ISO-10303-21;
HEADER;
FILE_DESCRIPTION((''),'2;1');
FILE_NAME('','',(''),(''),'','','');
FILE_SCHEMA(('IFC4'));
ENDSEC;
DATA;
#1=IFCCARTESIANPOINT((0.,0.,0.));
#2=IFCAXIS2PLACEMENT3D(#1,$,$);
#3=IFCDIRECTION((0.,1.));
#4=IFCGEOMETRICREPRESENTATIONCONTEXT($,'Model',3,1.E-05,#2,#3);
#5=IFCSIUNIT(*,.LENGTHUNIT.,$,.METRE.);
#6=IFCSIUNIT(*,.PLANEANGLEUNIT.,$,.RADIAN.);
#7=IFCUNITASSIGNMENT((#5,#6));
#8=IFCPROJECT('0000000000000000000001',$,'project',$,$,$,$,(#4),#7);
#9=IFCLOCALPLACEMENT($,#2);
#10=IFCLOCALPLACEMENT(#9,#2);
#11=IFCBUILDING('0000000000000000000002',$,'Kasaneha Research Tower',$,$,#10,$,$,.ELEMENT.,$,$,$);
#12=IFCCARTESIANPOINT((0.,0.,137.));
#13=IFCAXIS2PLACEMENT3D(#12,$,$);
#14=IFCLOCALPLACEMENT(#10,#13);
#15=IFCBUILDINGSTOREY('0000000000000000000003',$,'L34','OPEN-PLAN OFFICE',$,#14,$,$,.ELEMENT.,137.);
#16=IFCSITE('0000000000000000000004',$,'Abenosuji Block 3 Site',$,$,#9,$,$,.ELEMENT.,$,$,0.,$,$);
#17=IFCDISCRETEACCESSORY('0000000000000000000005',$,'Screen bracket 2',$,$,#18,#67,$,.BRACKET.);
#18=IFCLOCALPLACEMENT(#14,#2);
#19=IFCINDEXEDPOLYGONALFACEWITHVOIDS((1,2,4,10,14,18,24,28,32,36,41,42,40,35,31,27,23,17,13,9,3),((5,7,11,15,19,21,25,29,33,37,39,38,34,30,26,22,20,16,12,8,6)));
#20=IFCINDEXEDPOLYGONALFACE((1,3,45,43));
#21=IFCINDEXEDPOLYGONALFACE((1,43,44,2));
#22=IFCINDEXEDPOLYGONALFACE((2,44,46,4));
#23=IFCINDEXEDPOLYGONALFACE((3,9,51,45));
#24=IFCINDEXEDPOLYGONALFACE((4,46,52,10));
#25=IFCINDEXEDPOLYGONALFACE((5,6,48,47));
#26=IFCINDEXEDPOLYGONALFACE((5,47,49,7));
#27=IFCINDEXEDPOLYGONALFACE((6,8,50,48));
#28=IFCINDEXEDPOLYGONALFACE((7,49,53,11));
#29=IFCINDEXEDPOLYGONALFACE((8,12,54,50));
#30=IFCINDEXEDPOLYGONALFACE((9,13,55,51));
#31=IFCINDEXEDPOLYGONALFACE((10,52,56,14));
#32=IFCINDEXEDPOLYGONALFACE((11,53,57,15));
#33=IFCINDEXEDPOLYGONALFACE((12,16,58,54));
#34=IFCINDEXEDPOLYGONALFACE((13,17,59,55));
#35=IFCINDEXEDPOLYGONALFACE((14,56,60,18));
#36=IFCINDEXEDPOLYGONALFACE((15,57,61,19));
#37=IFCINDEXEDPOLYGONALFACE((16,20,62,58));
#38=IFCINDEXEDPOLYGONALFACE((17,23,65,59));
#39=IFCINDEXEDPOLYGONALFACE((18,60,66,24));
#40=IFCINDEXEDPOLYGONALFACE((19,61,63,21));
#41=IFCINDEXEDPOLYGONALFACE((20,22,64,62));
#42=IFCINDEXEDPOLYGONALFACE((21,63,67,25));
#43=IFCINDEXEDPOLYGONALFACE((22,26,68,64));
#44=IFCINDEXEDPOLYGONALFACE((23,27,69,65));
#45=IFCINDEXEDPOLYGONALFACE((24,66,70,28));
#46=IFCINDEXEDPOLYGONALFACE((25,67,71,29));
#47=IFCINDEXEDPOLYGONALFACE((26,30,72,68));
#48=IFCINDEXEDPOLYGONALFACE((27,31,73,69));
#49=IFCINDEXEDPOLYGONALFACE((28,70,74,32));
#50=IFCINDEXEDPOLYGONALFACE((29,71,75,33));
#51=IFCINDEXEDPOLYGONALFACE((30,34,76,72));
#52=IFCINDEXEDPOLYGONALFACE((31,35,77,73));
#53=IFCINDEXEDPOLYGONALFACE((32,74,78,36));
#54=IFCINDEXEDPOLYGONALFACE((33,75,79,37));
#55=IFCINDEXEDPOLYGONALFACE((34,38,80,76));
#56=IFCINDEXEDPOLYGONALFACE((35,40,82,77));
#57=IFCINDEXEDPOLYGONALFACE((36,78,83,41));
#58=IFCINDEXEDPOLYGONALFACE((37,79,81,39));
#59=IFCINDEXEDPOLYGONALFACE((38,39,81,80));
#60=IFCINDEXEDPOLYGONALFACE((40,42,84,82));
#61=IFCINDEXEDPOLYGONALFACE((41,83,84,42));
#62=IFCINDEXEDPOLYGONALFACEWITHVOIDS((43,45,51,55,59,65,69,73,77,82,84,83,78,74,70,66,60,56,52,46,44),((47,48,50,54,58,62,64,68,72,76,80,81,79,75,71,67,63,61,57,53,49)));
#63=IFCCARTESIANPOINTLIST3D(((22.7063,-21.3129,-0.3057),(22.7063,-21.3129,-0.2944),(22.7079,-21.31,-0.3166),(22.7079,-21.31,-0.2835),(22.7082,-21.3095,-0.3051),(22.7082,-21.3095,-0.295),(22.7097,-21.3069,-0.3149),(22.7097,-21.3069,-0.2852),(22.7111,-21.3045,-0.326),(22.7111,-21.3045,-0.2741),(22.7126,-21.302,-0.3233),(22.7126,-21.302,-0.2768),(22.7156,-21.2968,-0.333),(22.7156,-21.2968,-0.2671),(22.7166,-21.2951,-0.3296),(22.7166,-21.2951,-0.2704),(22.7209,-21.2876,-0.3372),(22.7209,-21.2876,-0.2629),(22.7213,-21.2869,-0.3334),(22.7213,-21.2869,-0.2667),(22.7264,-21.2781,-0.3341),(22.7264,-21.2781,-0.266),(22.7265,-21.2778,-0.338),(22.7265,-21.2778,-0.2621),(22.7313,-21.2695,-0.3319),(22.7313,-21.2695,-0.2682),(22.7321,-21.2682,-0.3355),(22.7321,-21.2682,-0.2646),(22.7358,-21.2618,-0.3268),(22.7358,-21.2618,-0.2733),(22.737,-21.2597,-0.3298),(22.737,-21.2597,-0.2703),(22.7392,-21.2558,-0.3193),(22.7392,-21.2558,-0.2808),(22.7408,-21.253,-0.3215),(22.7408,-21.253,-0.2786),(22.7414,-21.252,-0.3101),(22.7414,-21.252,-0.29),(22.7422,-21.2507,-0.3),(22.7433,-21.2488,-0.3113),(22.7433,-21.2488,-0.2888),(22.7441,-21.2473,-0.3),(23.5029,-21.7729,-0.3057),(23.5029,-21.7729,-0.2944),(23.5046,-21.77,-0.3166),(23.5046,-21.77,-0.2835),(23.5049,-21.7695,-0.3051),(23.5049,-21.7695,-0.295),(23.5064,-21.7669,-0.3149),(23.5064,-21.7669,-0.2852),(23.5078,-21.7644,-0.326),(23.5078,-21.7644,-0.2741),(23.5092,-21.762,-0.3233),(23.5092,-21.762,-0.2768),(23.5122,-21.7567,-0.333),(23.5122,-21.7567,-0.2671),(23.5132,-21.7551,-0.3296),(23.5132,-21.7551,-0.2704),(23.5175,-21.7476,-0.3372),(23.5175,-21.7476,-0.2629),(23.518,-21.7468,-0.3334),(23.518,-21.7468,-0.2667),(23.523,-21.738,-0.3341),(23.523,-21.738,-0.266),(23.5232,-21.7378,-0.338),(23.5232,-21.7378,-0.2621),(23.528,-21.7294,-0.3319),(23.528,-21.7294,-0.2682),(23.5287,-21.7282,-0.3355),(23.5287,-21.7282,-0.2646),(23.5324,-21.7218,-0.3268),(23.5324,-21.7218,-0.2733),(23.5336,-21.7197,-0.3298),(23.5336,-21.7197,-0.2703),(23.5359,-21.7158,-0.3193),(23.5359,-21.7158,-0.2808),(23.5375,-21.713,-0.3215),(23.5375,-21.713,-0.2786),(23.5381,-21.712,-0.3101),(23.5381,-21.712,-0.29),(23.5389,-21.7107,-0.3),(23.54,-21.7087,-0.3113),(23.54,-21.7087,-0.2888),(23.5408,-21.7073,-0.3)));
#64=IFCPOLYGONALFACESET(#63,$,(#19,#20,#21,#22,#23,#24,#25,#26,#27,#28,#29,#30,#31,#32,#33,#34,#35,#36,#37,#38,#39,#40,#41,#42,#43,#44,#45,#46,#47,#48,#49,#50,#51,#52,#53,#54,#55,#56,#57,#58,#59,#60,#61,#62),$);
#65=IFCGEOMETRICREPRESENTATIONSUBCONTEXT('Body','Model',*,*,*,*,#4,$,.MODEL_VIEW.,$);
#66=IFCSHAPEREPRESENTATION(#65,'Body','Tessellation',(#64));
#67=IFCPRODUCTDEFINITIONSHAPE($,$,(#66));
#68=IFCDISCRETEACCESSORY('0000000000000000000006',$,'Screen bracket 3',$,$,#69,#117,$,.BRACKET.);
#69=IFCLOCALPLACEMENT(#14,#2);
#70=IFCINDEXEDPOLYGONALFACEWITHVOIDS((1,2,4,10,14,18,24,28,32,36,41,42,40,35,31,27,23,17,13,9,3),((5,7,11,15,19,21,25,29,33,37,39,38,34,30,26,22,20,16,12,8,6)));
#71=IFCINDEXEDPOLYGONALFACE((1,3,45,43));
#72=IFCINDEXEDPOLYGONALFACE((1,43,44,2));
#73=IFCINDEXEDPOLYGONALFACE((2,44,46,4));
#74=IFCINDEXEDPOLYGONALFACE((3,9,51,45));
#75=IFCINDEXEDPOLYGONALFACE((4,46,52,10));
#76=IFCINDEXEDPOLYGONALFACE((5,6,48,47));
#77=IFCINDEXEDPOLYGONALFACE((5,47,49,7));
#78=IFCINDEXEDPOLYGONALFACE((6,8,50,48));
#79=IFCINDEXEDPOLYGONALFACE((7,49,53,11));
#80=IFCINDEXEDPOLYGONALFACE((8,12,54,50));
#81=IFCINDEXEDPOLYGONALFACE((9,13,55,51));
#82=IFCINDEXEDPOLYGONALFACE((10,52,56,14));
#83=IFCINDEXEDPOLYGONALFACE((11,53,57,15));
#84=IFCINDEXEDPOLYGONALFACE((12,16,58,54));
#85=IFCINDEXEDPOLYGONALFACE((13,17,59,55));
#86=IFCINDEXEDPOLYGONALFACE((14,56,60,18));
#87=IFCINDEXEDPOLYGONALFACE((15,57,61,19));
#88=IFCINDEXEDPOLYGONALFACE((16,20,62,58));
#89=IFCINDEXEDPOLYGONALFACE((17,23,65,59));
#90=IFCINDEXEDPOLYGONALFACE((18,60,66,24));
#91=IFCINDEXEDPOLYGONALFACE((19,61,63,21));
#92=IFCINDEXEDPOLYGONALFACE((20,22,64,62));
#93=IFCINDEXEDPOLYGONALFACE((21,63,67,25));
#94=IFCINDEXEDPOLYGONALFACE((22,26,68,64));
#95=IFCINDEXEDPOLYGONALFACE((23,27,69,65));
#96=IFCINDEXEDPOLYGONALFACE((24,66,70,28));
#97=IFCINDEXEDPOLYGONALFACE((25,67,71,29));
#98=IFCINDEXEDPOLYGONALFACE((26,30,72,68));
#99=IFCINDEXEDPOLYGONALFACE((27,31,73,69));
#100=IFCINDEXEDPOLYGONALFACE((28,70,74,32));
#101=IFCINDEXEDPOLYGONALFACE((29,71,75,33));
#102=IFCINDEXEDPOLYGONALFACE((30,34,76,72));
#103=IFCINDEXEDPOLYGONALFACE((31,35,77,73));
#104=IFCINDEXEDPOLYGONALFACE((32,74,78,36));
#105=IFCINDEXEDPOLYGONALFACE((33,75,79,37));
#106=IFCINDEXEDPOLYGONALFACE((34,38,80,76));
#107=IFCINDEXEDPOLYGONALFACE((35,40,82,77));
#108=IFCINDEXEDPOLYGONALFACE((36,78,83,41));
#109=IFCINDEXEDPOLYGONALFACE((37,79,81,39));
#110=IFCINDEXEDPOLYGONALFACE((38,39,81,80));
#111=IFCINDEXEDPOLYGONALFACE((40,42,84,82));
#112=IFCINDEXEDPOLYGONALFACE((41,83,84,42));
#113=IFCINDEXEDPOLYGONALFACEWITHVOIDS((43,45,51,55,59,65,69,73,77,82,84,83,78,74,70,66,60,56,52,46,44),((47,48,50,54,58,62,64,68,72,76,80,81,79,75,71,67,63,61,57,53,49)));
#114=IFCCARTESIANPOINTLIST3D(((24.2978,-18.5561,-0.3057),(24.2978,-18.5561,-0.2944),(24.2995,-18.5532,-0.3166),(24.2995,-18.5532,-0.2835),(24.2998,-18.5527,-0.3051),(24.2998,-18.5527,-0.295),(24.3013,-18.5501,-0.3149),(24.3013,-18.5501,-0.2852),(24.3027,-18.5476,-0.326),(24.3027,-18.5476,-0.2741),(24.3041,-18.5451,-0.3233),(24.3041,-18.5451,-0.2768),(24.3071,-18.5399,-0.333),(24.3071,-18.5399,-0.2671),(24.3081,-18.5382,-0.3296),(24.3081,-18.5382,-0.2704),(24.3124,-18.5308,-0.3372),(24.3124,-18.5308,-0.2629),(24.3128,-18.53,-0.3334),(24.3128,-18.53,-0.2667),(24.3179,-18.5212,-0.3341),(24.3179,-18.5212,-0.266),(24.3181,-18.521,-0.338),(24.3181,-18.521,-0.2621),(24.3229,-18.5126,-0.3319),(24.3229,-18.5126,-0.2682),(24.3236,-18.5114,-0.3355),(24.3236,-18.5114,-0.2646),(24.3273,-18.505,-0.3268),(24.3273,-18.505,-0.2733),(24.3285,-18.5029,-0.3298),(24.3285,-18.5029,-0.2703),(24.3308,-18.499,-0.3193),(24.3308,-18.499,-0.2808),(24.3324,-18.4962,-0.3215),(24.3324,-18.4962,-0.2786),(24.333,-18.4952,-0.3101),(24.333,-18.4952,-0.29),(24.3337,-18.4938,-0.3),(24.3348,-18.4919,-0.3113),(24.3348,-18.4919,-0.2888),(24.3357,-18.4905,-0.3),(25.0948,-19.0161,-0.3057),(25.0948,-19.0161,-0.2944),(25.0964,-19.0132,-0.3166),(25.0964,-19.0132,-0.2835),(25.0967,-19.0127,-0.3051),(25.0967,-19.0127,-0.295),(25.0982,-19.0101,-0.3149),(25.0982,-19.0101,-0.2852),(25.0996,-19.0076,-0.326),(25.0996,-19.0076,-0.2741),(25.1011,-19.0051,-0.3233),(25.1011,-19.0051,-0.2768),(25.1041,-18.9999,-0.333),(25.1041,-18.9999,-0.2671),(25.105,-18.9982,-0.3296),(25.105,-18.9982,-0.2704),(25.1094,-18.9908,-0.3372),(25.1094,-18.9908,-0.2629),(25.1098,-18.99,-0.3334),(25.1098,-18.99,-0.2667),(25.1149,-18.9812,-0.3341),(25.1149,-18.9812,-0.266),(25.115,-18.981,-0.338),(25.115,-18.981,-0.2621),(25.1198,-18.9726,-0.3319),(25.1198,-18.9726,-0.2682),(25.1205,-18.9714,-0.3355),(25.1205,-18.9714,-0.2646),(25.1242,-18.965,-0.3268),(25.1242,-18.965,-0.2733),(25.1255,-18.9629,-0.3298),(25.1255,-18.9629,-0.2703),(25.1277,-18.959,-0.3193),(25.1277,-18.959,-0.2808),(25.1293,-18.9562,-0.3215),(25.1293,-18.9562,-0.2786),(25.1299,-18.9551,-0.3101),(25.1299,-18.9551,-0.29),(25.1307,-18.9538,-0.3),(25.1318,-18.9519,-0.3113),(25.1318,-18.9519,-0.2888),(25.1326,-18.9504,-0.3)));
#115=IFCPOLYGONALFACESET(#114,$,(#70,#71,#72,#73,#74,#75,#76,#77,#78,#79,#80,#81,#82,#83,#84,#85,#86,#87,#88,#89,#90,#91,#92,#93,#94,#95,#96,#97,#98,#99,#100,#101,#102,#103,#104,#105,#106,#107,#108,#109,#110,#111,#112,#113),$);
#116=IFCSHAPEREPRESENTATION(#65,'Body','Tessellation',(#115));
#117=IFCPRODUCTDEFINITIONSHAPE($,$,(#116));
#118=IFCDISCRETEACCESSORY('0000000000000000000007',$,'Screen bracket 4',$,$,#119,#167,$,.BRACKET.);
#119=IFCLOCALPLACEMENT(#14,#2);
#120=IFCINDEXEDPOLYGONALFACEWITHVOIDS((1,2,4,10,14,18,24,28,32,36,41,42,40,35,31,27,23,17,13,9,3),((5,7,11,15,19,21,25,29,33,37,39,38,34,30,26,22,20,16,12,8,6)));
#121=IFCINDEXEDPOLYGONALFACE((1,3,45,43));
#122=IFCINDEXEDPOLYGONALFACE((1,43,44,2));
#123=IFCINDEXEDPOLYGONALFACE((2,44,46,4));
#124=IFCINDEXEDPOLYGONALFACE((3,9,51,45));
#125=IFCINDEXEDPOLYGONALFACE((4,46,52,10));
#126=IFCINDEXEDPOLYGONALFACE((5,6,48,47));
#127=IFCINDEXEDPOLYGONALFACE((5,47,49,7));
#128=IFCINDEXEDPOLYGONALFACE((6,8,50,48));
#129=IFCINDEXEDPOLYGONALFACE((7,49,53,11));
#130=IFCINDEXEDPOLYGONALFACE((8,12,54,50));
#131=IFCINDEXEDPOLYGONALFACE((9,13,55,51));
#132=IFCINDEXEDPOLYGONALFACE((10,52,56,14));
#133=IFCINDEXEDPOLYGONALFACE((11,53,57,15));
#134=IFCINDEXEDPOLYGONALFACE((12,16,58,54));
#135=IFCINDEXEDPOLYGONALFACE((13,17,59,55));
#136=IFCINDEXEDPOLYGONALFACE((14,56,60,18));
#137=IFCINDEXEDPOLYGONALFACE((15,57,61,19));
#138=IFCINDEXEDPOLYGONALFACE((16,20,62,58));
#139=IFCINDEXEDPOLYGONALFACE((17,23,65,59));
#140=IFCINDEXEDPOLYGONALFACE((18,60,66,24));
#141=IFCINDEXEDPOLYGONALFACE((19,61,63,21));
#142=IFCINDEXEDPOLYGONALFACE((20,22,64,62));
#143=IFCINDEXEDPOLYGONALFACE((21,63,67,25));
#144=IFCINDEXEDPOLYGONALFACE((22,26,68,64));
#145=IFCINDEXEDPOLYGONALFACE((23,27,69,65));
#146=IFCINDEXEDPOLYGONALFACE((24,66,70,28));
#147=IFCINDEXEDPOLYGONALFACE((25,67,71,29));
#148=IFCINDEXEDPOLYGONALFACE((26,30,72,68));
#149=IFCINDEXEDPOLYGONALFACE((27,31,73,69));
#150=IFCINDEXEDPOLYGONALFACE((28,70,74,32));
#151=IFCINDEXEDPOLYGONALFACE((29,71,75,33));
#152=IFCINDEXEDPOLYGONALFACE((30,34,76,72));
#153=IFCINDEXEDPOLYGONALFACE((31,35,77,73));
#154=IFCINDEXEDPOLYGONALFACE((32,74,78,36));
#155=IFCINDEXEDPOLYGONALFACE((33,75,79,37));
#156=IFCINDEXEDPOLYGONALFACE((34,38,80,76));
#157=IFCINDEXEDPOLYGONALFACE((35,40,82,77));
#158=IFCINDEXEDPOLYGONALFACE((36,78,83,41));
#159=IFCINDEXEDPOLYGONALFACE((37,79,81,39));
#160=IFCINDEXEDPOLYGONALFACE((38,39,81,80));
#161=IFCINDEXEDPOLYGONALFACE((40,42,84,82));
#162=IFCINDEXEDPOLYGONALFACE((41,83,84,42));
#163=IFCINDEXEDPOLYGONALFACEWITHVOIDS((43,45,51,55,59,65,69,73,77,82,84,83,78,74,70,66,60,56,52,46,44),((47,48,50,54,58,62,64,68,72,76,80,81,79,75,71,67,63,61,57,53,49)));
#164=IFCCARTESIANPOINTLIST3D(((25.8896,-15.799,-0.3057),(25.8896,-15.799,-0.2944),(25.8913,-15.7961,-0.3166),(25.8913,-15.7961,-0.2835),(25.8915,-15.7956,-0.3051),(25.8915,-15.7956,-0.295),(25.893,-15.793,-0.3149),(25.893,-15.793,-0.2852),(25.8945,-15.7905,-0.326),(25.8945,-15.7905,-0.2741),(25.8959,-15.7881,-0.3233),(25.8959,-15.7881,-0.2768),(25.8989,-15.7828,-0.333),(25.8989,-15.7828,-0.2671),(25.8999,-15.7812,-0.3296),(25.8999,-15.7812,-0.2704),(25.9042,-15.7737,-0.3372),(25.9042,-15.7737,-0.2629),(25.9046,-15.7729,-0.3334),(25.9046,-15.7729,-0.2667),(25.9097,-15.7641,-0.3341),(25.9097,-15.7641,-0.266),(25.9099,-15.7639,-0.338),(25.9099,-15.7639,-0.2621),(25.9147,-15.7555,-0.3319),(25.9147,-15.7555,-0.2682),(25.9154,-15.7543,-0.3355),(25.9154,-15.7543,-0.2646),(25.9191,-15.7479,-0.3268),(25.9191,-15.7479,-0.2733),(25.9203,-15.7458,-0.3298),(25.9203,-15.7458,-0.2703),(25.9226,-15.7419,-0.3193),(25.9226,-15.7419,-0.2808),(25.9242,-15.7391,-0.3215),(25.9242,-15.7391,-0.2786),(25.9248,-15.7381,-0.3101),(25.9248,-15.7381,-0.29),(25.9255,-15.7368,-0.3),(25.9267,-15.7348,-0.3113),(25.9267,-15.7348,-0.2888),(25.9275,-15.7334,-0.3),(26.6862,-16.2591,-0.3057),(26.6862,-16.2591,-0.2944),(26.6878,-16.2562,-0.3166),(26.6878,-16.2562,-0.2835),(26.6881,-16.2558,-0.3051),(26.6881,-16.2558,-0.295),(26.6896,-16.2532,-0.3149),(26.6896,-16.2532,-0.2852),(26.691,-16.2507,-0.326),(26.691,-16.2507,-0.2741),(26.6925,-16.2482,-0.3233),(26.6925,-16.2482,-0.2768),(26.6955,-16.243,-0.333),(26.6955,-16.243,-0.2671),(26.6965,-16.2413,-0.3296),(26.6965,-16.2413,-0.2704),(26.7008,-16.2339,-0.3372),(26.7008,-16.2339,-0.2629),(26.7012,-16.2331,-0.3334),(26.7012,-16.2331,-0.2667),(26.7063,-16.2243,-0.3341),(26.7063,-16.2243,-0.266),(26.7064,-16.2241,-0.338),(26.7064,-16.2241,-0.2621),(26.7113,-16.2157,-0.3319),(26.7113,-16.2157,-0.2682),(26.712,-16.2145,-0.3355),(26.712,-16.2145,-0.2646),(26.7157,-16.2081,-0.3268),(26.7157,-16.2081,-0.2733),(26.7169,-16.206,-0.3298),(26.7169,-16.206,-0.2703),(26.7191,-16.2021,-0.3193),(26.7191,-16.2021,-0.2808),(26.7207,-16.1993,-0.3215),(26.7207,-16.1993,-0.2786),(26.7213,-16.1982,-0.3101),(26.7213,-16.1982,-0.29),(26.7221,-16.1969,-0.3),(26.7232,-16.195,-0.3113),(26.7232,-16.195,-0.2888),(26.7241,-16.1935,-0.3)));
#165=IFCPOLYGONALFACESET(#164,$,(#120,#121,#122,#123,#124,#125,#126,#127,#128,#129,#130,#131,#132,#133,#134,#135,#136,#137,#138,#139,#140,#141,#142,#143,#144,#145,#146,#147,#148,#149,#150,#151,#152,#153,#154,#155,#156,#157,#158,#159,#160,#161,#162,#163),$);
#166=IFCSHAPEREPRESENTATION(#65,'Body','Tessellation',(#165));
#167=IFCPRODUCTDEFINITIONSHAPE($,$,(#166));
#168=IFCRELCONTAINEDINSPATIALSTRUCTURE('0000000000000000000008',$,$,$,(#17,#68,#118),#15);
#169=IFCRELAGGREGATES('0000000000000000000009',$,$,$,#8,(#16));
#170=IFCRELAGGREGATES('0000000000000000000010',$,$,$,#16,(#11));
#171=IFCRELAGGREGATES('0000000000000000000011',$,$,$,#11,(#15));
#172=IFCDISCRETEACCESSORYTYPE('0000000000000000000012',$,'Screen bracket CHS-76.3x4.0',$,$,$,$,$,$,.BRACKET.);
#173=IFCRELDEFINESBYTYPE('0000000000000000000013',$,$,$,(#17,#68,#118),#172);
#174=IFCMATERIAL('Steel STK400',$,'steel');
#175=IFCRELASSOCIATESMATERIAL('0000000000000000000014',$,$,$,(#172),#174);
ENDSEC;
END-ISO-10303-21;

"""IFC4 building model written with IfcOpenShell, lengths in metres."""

from ifc_helpers import new_model, si_unit, direction, frame, origin, origin_2d, place, context, subcontext, project, spatial, hollow_circle, extrude, material, material_profile, profile_set, type_object, element, save


model = new_model("IFC4")

# Units and contexts
model_context = context("Model", 3, precision=1e-05, world=origin(), true_north=direction((0.0, 1.0)))
body_context = subcontext(model_context, "Body", "Model", "MODEL_VIEW")
ifc_project = project(units=[si_unit("LENGTHUNIT", "METRE"), si_unit("PLANEANGLEUNIT", "RADIAN")], contexts=[model_context])

# Site, building, storey
site_placement = place(None, origin())
site = spatial("IfcSite", under=ifc_project, at=site_placement, Name="Abenosuji Block 3 Site", CompositionType="ELEMENT", RefElevation=0.0)
building_placement = place(site_placement, origin())
building = spatial("IfcBuilding", under=site, at=building_placement, Name="Kasaneha Research Tower", CompositionType="ELEMENT")
storey_placement = place(building_placement, frame((0.0, 0.0, 137.0)))
storey = spatial("IfcBuildingStorey", under=building, at=storey_placement, Name="L34", Description="OPEN-PLAN OFFICE", CompositionType="ELEMENT", Elevation=137.0)

# Discrete accessories
ifc_material_1 = material(Name="Steel STK400", Category="steel")
ifc_material_profile_1 = material_profile(ifc_material_1, hollow_circle(Radius=0.0381, WallThickness=0.0039, at=origin_2d()), Name="CHS-76.3x4.0")
ifc_profile_set_1 = profile_set([ifc_material_profile_1], Name="Steel STK400")
discrete_accessory_type = type_object("IfcDiscreteAccessoryType", Name="Screen bracket CHS-76.3x4.0", PredefinedType="BRACKET", material=ifc_profile_set_1)
discrete_accessory_1_placement = place(storey_placement, frame((22.7251, -21.2803, -0.3), z_axis=(0.866013, -0.500021, 0.0), x_axis=(0.500021, 0.866013, 0.0)))
element("IfcDiscreteAccessory", 1, at=discrete_accessory_1_placement, inside=storey, type_object=discrete_accessory_type, Name="Screen bracket 2", PredefinedType="BRACKET", context=body_context, shape_type="SweptSolid", body=[
    extrude(hollow_circle(Radius=0.0381, WallThickness=0.0039, at=origin_2d()), origin(), (0.0, 0.0, 1.0), 0.9199),
])
discrete_accessory_2_placement = place(storey_placement, frame((24.3167, -18.5234, -0.3), z_axis=(0.86608, -0.499906, 0.0), x_axis=(0.499906, 0.86608, 0.0)))
element("IfcDiscreteAccessory", 2, at=discrete_accessory_2_placement, inside=storey, type_object=discrete_accessory_type, Name="Screen bracket 3", PredefinedType="BRACKET", context=body_context, shape_type="SweptSolid", body=[
    extrude(hollow_circle(Radius=0.0381, WallThickness=0.0039, at=origin_2d()), origin(), (0.0, 0.0, 1.0), 0.9202),
])
for number, where, z_axis, x_axis, name in (
    (3, (25.9084, -15.7664, -0.3), (0.865898, -0.50022, 0.0), (0.50022, 0.865898, 0.0), "Screen bracket 4"),
):
    element("IfcDiscreteAccessory", number, at=place(storey_placement, frame(where, z_axis=z_axis, x_axis=x_axis)), inside=storey, type_object=discrete_accessory_type, Name=name, PredefinedType="BRACKET", context=body_context, shape_type="SweptSolid", body=[
        extrude(hollow_circle(Radius=0.0381, WallThickness=0.0039, at=origin_2d()), origin(), (0.0, 0.0, 1.0), 0.9199),
    ])

save(model, "model.ifc")
